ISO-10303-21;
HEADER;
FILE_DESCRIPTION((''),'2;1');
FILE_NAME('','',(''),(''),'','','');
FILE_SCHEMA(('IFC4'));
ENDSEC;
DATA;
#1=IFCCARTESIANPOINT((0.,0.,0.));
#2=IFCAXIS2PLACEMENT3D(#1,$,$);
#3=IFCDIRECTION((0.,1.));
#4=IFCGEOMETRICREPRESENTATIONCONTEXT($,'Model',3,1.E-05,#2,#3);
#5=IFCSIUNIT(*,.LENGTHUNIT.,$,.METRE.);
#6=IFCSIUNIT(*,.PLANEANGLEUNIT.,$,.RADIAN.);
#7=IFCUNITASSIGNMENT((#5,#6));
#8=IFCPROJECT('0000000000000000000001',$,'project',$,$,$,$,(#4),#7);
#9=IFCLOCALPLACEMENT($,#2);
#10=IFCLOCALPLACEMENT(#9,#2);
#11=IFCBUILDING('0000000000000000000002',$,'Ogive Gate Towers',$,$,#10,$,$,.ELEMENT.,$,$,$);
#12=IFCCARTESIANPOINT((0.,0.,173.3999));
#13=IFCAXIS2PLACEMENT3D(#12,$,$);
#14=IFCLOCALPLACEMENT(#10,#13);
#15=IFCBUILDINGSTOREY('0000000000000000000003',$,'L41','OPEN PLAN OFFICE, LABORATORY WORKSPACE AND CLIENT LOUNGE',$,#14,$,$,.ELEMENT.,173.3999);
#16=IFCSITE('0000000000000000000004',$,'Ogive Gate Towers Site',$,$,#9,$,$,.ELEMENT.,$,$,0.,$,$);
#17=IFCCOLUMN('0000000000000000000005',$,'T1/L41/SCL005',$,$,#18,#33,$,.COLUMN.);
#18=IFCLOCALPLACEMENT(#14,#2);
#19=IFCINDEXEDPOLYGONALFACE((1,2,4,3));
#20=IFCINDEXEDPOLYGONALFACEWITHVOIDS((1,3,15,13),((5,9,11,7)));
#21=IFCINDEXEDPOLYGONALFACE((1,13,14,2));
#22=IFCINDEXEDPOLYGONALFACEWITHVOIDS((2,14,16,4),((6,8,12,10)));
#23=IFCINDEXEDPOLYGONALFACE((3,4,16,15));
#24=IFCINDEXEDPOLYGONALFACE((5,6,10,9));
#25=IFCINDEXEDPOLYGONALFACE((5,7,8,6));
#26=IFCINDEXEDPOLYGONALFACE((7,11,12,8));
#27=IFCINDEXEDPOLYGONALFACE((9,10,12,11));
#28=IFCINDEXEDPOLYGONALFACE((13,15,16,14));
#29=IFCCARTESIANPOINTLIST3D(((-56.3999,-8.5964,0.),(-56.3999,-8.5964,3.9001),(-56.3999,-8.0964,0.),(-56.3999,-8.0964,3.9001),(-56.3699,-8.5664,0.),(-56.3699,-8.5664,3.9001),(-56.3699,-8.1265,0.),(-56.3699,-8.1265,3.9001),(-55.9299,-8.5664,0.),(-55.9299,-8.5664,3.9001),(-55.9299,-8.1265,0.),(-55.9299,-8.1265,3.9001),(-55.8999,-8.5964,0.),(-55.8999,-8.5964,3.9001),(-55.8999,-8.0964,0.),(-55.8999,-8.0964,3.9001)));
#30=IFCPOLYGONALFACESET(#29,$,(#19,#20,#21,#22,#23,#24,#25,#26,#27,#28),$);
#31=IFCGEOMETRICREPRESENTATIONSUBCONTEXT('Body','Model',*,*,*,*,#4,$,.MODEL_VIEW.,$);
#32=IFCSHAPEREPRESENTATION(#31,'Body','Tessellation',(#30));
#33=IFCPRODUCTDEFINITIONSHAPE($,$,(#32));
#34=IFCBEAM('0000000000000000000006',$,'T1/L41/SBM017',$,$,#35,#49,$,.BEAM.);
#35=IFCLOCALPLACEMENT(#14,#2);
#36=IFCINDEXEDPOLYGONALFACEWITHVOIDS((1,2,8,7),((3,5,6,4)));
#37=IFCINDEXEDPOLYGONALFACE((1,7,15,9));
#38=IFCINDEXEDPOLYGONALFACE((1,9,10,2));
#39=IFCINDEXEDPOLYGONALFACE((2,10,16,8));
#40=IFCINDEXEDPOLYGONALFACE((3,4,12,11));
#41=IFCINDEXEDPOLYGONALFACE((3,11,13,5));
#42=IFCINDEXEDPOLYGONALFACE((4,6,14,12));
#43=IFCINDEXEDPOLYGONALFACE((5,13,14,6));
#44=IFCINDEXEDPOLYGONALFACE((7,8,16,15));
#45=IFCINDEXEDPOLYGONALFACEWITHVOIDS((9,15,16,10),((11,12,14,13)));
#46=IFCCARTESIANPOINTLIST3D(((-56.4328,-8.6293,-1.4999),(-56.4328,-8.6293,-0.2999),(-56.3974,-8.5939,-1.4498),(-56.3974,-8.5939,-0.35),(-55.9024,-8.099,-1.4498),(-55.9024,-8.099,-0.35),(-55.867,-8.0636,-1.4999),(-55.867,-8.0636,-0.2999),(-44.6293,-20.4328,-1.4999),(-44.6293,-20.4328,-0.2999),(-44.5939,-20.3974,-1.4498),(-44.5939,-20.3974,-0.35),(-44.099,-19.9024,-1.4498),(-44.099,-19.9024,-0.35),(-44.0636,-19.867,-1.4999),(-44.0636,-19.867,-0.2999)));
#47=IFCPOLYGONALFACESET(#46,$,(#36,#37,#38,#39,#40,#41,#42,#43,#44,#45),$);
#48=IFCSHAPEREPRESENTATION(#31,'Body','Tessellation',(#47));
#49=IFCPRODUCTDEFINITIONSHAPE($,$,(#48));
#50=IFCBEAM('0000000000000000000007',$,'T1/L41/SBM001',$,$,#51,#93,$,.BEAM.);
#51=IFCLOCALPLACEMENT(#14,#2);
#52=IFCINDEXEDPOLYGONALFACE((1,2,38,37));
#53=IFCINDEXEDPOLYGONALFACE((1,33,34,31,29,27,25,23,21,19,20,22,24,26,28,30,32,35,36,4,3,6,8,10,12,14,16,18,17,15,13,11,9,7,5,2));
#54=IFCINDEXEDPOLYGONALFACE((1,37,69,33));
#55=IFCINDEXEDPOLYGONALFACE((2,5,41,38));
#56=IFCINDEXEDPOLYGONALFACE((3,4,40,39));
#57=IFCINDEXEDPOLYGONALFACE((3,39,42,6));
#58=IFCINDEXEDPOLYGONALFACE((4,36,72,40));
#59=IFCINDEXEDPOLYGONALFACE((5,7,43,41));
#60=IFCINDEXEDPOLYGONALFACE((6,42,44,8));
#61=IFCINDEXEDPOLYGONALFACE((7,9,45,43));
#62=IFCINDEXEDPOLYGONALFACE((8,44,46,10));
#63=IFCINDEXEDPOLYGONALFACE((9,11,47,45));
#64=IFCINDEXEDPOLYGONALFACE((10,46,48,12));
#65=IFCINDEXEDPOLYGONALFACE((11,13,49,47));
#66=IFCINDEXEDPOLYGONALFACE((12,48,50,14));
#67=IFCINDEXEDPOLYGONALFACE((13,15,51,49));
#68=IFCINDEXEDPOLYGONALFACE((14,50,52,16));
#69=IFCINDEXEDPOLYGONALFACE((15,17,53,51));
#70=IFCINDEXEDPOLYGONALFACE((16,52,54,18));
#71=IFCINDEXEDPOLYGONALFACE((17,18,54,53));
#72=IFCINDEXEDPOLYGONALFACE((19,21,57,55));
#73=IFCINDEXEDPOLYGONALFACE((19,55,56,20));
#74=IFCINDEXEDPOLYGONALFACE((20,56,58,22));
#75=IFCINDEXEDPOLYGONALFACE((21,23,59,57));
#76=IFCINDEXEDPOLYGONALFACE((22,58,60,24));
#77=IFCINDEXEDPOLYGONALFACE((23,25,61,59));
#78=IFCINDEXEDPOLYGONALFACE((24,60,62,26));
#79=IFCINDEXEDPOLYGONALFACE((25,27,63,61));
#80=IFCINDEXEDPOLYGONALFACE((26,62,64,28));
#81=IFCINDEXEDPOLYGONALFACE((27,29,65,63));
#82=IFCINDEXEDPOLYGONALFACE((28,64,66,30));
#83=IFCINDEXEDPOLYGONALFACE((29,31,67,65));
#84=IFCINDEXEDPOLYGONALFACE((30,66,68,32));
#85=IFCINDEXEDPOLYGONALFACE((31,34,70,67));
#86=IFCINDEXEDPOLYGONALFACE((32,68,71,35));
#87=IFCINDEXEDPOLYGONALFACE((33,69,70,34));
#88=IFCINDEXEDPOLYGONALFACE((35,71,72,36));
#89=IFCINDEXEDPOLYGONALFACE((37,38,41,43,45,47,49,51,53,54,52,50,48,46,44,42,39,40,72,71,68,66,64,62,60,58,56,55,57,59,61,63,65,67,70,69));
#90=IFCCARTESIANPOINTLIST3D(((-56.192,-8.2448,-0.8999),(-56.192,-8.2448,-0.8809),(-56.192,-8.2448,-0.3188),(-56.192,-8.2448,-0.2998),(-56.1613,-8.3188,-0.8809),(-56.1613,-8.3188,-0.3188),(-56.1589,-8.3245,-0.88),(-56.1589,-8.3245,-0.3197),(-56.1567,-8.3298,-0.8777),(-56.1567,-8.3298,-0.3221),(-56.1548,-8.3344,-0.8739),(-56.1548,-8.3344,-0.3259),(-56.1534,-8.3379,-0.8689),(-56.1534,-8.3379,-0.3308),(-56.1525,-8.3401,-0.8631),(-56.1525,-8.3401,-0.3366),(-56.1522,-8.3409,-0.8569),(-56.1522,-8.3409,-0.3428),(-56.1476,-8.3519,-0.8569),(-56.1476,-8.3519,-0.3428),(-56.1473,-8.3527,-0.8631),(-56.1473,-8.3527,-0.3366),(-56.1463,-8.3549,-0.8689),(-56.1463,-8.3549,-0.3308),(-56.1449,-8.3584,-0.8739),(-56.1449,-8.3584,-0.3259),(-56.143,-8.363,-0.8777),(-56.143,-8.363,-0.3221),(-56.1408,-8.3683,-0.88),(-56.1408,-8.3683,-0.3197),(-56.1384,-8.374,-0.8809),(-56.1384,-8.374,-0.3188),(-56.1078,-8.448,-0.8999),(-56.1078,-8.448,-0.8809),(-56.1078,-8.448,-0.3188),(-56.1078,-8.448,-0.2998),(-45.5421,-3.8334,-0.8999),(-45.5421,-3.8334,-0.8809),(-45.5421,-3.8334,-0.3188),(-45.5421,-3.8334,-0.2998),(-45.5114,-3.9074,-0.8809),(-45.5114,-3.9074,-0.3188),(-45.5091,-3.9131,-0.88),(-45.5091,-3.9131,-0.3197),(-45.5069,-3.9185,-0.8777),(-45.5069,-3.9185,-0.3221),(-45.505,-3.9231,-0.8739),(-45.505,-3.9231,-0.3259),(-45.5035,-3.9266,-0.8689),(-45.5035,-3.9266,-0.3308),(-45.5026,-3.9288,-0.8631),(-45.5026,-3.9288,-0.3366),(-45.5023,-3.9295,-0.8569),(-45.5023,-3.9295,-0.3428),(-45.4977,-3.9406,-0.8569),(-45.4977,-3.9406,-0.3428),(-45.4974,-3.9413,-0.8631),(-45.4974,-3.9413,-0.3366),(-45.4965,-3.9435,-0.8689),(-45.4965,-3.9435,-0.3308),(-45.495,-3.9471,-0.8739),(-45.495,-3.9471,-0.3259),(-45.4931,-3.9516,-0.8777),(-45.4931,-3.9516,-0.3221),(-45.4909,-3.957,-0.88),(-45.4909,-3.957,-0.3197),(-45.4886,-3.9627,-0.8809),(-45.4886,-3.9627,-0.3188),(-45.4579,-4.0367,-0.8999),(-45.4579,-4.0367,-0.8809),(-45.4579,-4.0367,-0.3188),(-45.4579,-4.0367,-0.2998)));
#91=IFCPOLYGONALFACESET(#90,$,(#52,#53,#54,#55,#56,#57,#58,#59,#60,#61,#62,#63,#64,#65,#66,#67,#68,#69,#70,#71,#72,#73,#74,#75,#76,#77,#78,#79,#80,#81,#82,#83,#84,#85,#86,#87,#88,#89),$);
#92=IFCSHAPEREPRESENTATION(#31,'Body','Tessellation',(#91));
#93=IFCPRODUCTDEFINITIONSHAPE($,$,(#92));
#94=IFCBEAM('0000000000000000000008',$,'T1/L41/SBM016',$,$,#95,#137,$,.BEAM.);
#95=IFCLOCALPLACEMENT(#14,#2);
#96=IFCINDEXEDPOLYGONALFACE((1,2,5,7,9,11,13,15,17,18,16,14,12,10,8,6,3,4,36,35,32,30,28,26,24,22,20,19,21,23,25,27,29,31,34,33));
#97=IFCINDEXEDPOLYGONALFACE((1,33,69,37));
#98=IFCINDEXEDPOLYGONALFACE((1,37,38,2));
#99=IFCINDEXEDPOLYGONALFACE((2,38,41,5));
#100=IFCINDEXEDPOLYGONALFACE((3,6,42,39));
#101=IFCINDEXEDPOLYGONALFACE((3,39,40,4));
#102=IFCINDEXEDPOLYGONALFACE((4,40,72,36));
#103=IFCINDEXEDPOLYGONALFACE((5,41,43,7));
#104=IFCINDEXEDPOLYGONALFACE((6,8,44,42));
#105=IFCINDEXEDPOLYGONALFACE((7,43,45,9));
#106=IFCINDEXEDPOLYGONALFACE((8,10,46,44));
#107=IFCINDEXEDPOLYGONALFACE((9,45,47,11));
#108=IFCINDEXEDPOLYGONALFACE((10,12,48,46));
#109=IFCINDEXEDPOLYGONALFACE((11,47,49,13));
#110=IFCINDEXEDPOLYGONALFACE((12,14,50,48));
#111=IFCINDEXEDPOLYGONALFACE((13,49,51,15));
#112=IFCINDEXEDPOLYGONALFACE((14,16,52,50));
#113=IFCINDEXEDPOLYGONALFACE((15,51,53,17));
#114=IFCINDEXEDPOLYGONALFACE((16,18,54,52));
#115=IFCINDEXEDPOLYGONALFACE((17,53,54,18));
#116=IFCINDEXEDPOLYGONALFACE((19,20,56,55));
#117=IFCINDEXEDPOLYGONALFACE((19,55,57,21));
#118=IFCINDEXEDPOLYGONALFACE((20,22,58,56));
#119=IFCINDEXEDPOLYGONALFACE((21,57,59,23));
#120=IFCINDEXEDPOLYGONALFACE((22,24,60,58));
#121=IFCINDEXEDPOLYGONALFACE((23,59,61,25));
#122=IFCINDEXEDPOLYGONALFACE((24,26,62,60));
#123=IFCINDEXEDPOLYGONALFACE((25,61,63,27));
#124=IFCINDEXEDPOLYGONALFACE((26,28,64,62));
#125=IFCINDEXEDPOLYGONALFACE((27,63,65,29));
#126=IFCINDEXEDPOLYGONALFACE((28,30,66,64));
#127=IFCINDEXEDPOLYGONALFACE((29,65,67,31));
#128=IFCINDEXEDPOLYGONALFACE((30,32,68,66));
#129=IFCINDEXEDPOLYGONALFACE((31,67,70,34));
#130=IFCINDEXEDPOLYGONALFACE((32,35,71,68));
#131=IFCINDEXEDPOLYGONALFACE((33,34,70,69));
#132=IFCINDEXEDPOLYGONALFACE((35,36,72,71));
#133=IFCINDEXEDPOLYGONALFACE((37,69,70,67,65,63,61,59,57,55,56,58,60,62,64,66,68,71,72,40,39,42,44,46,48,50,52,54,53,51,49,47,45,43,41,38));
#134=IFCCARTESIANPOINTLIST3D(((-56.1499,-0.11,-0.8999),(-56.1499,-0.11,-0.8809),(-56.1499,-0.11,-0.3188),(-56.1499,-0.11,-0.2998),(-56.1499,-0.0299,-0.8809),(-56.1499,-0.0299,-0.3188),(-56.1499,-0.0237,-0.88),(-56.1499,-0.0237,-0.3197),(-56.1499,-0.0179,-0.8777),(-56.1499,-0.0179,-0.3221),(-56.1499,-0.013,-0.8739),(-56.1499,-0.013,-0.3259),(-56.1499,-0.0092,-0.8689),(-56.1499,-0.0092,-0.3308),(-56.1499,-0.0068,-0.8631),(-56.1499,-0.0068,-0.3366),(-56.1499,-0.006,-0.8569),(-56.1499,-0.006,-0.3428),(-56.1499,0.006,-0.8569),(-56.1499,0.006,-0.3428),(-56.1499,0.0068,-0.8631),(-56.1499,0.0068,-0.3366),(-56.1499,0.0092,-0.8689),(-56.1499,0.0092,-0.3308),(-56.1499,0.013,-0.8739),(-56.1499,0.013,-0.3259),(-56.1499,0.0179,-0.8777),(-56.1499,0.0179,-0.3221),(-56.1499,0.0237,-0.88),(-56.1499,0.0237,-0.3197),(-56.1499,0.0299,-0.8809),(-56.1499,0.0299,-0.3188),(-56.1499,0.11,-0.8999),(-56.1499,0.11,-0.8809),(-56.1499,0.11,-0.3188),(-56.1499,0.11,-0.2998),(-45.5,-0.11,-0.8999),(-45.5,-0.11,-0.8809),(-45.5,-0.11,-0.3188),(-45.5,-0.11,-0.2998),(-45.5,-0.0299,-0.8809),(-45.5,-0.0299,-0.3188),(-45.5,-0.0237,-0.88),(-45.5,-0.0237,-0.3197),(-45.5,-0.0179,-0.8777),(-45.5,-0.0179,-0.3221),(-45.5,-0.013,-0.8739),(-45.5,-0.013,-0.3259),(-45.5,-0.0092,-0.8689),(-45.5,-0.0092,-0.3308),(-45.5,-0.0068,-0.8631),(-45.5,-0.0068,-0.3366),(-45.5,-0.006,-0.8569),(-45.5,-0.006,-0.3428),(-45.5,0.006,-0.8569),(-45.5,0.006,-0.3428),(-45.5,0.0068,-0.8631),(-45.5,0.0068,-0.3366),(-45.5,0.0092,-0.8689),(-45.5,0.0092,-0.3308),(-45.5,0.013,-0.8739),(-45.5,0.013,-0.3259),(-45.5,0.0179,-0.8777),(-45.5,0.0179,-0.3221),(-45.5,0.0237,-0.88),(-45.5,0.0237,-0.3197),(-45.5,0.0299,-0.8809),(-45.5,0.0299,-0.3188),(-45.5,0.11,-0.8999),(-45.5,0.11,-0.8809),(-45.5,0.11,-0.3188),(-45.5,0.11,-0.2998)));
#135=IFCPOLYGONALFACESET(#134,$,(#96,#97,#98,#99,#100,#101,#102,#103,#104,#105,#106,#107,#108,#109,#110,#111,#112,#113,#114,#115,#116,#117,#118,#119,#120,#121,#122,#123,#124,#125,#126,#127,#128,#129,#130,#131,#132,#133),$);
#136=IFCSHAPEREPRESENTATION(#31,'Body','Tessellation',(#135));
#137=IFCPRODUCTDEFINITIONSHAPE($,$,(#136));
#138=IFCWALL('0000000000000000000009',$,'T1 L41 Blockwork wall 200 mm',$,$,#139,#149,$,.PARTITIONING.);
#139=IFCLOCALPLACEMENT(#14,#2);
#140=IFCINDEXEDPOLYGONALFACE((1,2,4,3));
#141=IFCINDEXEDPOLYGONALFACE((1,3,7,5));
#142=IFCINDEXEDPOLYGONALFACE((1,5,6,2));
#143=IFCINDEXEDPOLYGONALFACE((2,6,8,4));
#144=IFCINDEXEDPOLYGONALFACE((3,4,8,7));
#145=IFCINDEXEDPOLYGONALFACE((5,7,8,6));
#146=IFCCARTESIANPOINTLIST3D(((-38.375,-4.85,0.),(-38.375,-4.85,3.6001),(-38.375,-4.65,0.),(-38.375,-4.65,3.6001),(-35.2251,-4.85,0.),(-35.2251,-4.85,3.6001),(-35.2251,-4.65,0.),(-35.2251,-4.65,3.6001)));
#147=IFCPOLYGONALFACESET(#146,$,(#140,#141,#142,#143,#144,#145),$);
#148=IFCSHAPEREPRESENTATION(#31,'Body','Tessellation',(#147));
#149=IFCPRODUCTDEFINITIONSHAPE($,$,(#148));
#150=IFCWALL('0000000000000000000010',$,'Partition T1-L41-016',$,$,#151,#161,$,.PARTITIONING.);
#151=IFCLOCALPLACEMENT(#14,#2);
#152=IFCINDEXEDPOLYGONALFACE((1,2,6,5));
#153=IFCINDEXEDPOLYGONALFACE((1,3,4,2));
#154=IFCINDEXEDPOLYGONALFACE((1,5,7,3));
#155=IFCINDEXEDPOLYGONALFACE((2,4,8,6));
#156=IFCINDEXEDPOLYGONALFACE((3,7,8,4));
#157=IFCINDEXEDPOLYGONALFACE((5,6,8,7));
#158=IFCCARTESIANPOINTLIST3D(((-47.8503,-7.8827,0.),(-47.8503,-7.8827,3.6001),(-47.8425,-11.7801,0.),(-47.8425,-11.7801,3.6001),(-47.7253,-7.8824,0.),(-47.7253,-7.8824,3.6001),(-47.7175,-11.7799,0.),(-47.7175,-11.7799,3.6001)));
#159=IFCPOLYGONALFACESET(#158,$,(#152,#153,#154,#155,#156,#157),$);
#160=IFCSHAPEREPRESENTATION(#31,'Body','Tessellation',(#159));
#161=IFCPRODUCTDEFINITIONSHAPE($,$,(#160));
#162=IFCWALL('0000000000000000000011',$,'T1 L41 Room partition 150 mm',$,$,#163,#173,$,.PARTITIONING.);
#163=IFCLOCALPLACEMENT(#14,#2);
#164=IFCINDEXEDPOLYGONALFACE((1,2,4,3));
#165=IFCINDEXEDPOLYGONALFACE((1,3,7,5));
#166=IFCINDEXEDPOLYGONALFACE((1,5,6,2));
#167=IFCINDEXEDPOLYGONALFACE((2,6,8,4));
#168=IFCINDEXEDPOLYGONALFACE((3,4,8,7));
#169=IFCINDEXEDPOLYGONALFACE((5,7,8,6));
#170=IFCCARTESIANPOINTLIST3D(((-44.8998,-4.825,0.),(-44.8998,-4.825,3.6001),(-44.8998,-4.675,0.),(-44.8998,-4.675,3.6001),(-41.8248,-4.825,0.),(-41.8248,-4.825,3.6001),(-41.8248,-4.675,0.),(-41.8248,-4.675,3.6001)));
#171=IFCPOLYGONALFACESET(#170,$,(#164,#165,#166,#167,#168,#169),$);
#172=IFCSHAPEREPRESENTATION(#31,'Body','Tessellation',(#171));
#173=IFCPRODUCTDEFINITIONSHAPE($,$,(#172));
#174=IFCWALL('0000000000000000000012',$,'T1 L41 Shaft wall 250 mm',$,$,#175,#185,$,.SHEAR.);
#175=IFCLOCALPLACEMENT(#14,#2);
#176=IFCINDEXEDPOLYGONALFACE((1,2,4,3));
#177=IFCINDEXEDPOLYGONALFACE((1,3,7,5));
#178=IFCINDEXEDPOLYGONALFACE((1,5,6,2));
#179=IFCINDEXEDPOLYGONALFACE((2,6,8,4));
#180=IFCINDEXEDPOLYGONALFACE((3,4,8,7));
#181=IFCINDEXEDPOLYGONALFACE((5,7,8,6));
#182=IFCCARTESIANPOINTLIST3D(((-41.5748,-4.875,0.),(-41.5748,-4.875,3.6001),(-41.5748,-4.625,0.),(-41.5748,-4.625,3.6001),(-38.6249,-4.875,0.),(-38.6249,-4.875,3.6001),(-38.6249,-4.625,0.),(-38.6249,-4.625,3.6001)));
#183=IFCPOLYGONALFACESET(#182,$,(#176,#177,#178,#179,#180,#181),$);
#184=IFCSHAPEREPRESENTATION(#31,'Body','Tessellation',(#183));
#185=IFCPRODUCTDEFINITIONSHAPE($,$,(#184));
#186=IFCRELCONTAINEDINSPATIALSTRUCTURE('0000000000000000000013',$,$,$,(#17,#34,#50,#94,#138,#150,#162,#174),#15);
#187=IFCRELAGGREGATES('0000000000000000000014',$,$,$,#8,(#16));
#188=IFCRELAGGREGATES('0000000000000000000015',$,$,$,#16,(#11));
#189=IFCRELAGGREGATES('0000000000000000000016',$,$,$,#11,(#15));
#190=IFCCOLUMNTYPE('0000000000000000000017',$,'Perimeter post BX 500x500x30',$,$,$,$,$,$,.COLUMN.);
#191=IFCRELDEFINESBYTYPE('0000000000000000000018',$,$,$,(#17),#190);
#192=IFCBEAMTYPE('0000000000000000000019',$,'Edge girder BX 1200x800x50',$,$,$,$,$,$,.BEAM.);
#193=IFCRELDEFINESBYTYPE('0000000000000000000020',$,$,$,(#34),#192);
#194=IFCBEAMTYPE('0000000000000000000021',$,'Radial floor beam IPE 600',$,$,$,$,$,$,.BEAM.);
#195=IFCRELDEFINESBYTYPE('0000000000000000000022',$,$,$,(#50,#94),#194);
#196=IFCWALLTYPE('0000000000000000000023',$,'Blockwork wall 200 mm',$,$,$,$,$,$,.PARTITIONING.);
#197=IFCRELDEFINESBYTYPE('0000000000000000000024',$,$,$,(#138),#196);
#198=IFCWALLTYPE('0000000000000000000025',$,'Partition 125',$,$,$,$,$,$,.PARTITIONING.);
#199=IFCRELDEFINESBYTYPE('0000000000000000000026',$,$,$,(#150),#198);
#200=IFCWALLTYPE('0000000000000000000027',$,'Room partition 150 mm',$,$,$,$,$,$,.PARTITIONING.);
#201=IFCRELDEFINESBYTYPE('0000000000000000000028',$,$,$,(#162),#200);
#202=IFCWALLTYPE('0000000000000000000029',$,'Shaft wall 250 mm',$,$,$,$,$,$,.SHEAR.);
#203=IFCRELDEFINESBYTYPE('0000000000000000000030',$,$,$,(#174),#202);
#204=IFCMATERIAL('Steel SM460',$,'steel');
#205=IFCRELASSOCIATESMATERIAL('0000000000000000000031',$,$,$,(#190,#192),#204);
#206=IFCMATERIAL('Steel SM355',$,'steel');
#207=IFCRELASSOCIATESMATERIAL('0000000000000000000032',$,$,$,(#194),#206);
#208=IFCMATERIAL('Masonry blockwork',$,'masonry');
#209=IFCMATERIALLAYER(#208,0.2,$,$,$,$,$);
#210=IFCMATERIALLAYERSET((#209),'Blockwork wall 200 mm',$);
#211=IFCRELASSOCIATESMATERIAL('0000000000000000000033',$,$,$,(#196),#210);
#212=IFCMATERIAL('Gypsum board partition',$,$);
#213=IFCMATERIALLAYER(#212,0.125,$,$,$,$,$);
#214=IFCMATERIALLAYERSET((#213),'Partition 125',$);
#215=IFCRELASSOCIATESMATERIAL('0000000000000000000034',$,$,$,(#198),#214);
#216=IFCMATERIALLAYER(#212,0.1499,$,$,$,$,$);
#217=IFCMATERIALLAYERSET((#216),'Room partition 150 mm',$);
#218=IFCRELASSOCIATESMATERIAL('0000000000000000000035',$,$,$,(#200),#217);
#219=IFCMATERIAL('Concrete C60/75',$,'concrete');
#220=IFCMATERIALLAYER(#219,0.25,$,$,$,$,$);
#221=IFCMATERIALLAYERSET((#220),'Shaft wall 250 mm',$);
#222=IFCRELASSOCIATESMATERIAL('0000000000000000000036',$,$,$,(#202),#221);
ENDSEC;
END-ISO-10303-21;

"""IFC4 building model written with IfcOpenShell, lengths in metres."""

from ifc_helpers import new_model, si_unit, direction, frame, frame_2d, origin, origin_2d, place, context, subcontext, project, spatial, rectangle, hollow_rectangle, i_section, extrude, material, layer, layer_set, material_profile, profile_set, type_object, element, save


model = new_model("IFC4")

# Units and contexts
model_context = context("Model", 3, precision=1e-05, world=origin(), true_north=direction((0.0, 1.0)))
body_context = subcontext(model_context, "Body", "Model", "MODEL_VIEW")
ifc_project = project(units=[si_unit("LENGTHUNIT", "METRE"), si_unit("PLANEANGLEUNIT", "RADIAN")], contexts=[model_context])

# Site, building, storey
site_placement = place(None, origin())
site = spatial("IfcSite", under=ifc_project, at=site_placement, Name="Ogive Gate Towers Site", CompositionType="ELEMENT", RefElevation=0.0)
building_placement = place(site_placement, origin())
building = spatial("IfcBuilding", under=site, at=building_placement, Name="Ogive Gate Towers", CompositionType="ELEMENT")
storey_placement = place(building_placement, frame((0.0, 0.0, 173.3999)))
storey = spatial("IfcBuildingStorey", under=building, at=storey_placement, Name="L41", Description="OPEN PLAN OFFICE, LABORATORY WORKSPACE AND CLIENT LOUNGE", CompositionType="ELEMENT", Elevation=173.3999)

# Column
ifc_material_1 = material(Name="Steel SM460", Category="steel")
ifc_material_profile_1 = material_profile(ifc_material_1, hollow_rectangle(XDim=0.5, YDim=0.5, WallThickness=0.03, at=origin_2d()), Name="BX 500x500x30")
ifc_profile_set_1 = profile_set([ifc_material_profile_1], Name="Steel SM460")
column_type = type_object("IfcColumnType", Name="Perimeter post BX 500x500x30", PredefinedType="COLUMN", material=ifc_profile_set_1)
column_placement = place(storey_placement, frame((-56.1499, -8.3464, 0.0), z_axis=(0.0, 0.0, 1.0), x_axis=(1.0, 0.0, 0.0)))
element("IfcColumn", 1, at=column_placement, inside=storey, type_object=column_type, Name="T1/L41/SCL005", PredefinedType="COLUMN", context=body_context, shape_type="SweptSolid", body=[
    extrude(hollow_rectangle(XDim=0.5, YDim=0.5, WallThickness=0.03, at=origin_2d()), origin(), (0.0, 0.0, 1.0), 3.9001),
])

# Beams
ifc_material_profile_2 = material_profile(ifc_material_1, hollow_rectangle(XDim=0.8, YDim=1.2, WallThickness=0.05, at=origin_2d()), Name="BX 1200x800x50")
ifc_profile_set_2 = profile_set([ifc_material_profile_2], Name="Steel SM460")
beam_type_1 = type_object("IfcBeamType", Name="Edge girder BX 1200x800x50", PredefinedType="BEAM", material=ifc_profile_set_2)
beam_1_placement = place(storey_placement, frame((-56.1499, -8.3464, -0.8999), z_axis=(0.707107, -0.707107, 0.0), x_axis=(0.707107, 0.707107, 0.0)))
element("IfcBeam", 2, at=beam_1_placement, inside=storey, type_object=beam_type_1, Name="T1/L41/SBM017", PredefinedType="BEAM", context=body_context, shape_type="SweptSolid", body=[
    extrude(hollow_rectangle(XDim=0.8, YDim=1.2, WallThickness=0.05, at=origin_2d()), origin(), (0.0, 0.0, 1.0), 16.6926),
])
ifc_material_2 = material(Name="Steel SM355", Category="steel")
ifc_material_profile_3 = material_profile(ifc_material_2, i_section(OverallWidth=0.22, OverallDepth=0.6001, WebThickness=0.012, FlangeThickness=0.019, FilletRadius=0.0239, at=origin_2d()), Name="IPE 600")
ifc_profile_set_3 = profile_set([ifc_material_profile_3], Name="Steel SM355")
beam_type_2 = type_object("IfcBeamType", Name="Radial floor beam IPE 600", PredefinedType="BEAM", material=ifc_profile_set_3)
beam_2_placement = place(storey_placement, frame((-45.5, -3.9351, -0.5999), z_axis=(-0.923878, -0.382687, 0.0), x_axis=(0.382687, -0.923878, 0.0)))
element("IfcBeam", 3, at=beam_2_placement, inside=storey, type_object=beam_type_2, Name="T1/L41/SBM001", PredefinedType="BEAM", context=body_context, shape_type="SweptSolid", body=[
    extrude(i_section(OverallWidth=0.22, OverallDepth=0.6001, WebThickness=0.012, FlangeThickness=0.019, FilletRadius=0.0239, at=origin_2d()), origin(), (0.0, 0.0, 1.0), 11.5273),
])
beam_3_placement = place(storey_placement, frame((-45.5, 0.0, -0.5999), z_axis=(-1.0, 0.0, 0.0), x_axis=(0.0, -1.0, 0.0)))
element("IfcBeam", 4, at=beam_3_placement, inside=storey, type_object=beam_type_2, Name="T1/L41/SBM016", PredefinedType="BEAM", context=body_context, shape_type="SweptSolid", body=[
    extrude(i_section(OverallWidth=0.22, OverallDepth=0.6001, WebThickness=0.012, FlangeThickness=0.019, FilletRadius=0.0239, at=origin_2d()), origin(), (0.0, 0.0, 1.0), 10.6499),
])

# Walls
ifc_material_3 = material(Name="Masonry blockwork", Category="masonry")
ifc_layer_1 = layer(ifc_material_3, 0.2)
ifc_layer_set_1 = layer_set([ifc_layer_1], Name="Blockwork wall 200 mm")
wall_type_1 = type_object("IfcWallType", Name="Blockwork wall 200 mm", PredefinedType="PARTITIONING", material=ifc_layer_set_1)
wall_1_placement = place(storey_placement, frame((-38.375, -4.75, 0.0), z_axis=(0.0, 0.0, 1.0), x_axis=(1.0, 0.0, 0.0)))
element("IfcWall", 5, at=wall_1_placement, inside=storey, type_object=wall_type_1, Name="T1 L41 Blockwork wall 200 mm", PredefinedType="PARTITIONING", context=body_context, shape_type="SweptSolid", body=[
    extrude(rectangle(XDim=3.1499, YDim=0.2, at=frame_2d((1.575, 0.0))), origin(), (0.0, 0.0, 1.0), 3.6001),
])
ifc_material_4 = material(Name="Gypsum board partition")
ifc_layer_2 = layer(ifc_material_4, 0.125)
ifc_layer_set_2 = layer_set([ifc_layer_2], Name="Partition 125")
wall_type_2 = type_object("IfcWallType", Name="Partition 125", PredefinedType="PARTITIONING", material=ifc_layer_set_2)
wall_2_placement = place(storey_placement, frame((-47.7878, -7.8826, 0.0), z_axis=(0.0, 0.0, 1.0), x_axis=(0.002005, -0.999998, 0.0)))
element("IfcWall", 6, at=wall_2_placement, inside=storey, type_object=wall_type_2, Name="Partition T1-L41-016", PredefinedType="PARTITIONING", context=body_context, shape_type="SweptSolid", body=[
    extrude(rectangle(XDim=3.8975, YDim=0.125, at=frame_2d((1.9487, 0.0))), origin(), (0.0, 0.0, 1.0), 3.6001),
])
ifc_layer_3 = layer(ifc_material_4, 0.1499)
ifc_layer_set_3 = layer_set([ifc_layer_3], Name="Room partition 150 mm")
wall_type_3 = type_object("IfcWallType", Name="Room partition 150 mm", PredefinedType="PARTITIONING", material=ifc_layer_set_3)
wall_3_placement = place(storey_placement, frame((-44.8999, -4.75, 0.0), z_axis=(0.0, 0.0, 1.0), x_axis=(1.0, 0.0, 0.0)))
element("IfcWall", 7, at=wall_3_placement, inside=storey, type_object=wall_type_3, Name="T1 L41 Room partition 150 mm", PredefinedType="PARTITIONING", context=body_context, shape_type="SweptSolid", body=[
    extrude(rectangle(XDim=3.075, YDim=0.1499, at=frame_2d((1.5376, 0.0))), origin(), (0.0, 0.0, 1.0), 3.6001),
])
ifc_material_5 = material(Name="Concrete C60/75", Category="concrete")
ifc_layer_4 = layer(ifc_material_5, 0.25)
ifc_layer_set_4 = layer_set([ifc_layer_4], Name="Shaft wall 250 mm")
wall_type_4 = type_object("IfcWallType", Name="Shaft wall 250 mm", PredefinedType="SHEAR", material=ifc_layer_set_4)
wall_4_placement = place(storey_placement, frame((-41.575, -4.75, 0.0), z_axis=(0.0, 0.0, 1.0), x_axis=(1.0, 0.0, 0.0)))
element("IfcWall", 8, at=wall_4_placement, inside=storey, type_object=wall_type_4, Name="T1 L41 Shaft wall 250 mm", PredefinedType="SHEAR", context=body_context, shape_type="SweptSolid", body=[
    extrude(rectangle(XDim=2.95, YDim=0.25, at=frame_2d((1.4751, 0.0))), origin(), (0.0, 0.0, 1.0), 3.6001),
])

save(model, "model.ifc")
